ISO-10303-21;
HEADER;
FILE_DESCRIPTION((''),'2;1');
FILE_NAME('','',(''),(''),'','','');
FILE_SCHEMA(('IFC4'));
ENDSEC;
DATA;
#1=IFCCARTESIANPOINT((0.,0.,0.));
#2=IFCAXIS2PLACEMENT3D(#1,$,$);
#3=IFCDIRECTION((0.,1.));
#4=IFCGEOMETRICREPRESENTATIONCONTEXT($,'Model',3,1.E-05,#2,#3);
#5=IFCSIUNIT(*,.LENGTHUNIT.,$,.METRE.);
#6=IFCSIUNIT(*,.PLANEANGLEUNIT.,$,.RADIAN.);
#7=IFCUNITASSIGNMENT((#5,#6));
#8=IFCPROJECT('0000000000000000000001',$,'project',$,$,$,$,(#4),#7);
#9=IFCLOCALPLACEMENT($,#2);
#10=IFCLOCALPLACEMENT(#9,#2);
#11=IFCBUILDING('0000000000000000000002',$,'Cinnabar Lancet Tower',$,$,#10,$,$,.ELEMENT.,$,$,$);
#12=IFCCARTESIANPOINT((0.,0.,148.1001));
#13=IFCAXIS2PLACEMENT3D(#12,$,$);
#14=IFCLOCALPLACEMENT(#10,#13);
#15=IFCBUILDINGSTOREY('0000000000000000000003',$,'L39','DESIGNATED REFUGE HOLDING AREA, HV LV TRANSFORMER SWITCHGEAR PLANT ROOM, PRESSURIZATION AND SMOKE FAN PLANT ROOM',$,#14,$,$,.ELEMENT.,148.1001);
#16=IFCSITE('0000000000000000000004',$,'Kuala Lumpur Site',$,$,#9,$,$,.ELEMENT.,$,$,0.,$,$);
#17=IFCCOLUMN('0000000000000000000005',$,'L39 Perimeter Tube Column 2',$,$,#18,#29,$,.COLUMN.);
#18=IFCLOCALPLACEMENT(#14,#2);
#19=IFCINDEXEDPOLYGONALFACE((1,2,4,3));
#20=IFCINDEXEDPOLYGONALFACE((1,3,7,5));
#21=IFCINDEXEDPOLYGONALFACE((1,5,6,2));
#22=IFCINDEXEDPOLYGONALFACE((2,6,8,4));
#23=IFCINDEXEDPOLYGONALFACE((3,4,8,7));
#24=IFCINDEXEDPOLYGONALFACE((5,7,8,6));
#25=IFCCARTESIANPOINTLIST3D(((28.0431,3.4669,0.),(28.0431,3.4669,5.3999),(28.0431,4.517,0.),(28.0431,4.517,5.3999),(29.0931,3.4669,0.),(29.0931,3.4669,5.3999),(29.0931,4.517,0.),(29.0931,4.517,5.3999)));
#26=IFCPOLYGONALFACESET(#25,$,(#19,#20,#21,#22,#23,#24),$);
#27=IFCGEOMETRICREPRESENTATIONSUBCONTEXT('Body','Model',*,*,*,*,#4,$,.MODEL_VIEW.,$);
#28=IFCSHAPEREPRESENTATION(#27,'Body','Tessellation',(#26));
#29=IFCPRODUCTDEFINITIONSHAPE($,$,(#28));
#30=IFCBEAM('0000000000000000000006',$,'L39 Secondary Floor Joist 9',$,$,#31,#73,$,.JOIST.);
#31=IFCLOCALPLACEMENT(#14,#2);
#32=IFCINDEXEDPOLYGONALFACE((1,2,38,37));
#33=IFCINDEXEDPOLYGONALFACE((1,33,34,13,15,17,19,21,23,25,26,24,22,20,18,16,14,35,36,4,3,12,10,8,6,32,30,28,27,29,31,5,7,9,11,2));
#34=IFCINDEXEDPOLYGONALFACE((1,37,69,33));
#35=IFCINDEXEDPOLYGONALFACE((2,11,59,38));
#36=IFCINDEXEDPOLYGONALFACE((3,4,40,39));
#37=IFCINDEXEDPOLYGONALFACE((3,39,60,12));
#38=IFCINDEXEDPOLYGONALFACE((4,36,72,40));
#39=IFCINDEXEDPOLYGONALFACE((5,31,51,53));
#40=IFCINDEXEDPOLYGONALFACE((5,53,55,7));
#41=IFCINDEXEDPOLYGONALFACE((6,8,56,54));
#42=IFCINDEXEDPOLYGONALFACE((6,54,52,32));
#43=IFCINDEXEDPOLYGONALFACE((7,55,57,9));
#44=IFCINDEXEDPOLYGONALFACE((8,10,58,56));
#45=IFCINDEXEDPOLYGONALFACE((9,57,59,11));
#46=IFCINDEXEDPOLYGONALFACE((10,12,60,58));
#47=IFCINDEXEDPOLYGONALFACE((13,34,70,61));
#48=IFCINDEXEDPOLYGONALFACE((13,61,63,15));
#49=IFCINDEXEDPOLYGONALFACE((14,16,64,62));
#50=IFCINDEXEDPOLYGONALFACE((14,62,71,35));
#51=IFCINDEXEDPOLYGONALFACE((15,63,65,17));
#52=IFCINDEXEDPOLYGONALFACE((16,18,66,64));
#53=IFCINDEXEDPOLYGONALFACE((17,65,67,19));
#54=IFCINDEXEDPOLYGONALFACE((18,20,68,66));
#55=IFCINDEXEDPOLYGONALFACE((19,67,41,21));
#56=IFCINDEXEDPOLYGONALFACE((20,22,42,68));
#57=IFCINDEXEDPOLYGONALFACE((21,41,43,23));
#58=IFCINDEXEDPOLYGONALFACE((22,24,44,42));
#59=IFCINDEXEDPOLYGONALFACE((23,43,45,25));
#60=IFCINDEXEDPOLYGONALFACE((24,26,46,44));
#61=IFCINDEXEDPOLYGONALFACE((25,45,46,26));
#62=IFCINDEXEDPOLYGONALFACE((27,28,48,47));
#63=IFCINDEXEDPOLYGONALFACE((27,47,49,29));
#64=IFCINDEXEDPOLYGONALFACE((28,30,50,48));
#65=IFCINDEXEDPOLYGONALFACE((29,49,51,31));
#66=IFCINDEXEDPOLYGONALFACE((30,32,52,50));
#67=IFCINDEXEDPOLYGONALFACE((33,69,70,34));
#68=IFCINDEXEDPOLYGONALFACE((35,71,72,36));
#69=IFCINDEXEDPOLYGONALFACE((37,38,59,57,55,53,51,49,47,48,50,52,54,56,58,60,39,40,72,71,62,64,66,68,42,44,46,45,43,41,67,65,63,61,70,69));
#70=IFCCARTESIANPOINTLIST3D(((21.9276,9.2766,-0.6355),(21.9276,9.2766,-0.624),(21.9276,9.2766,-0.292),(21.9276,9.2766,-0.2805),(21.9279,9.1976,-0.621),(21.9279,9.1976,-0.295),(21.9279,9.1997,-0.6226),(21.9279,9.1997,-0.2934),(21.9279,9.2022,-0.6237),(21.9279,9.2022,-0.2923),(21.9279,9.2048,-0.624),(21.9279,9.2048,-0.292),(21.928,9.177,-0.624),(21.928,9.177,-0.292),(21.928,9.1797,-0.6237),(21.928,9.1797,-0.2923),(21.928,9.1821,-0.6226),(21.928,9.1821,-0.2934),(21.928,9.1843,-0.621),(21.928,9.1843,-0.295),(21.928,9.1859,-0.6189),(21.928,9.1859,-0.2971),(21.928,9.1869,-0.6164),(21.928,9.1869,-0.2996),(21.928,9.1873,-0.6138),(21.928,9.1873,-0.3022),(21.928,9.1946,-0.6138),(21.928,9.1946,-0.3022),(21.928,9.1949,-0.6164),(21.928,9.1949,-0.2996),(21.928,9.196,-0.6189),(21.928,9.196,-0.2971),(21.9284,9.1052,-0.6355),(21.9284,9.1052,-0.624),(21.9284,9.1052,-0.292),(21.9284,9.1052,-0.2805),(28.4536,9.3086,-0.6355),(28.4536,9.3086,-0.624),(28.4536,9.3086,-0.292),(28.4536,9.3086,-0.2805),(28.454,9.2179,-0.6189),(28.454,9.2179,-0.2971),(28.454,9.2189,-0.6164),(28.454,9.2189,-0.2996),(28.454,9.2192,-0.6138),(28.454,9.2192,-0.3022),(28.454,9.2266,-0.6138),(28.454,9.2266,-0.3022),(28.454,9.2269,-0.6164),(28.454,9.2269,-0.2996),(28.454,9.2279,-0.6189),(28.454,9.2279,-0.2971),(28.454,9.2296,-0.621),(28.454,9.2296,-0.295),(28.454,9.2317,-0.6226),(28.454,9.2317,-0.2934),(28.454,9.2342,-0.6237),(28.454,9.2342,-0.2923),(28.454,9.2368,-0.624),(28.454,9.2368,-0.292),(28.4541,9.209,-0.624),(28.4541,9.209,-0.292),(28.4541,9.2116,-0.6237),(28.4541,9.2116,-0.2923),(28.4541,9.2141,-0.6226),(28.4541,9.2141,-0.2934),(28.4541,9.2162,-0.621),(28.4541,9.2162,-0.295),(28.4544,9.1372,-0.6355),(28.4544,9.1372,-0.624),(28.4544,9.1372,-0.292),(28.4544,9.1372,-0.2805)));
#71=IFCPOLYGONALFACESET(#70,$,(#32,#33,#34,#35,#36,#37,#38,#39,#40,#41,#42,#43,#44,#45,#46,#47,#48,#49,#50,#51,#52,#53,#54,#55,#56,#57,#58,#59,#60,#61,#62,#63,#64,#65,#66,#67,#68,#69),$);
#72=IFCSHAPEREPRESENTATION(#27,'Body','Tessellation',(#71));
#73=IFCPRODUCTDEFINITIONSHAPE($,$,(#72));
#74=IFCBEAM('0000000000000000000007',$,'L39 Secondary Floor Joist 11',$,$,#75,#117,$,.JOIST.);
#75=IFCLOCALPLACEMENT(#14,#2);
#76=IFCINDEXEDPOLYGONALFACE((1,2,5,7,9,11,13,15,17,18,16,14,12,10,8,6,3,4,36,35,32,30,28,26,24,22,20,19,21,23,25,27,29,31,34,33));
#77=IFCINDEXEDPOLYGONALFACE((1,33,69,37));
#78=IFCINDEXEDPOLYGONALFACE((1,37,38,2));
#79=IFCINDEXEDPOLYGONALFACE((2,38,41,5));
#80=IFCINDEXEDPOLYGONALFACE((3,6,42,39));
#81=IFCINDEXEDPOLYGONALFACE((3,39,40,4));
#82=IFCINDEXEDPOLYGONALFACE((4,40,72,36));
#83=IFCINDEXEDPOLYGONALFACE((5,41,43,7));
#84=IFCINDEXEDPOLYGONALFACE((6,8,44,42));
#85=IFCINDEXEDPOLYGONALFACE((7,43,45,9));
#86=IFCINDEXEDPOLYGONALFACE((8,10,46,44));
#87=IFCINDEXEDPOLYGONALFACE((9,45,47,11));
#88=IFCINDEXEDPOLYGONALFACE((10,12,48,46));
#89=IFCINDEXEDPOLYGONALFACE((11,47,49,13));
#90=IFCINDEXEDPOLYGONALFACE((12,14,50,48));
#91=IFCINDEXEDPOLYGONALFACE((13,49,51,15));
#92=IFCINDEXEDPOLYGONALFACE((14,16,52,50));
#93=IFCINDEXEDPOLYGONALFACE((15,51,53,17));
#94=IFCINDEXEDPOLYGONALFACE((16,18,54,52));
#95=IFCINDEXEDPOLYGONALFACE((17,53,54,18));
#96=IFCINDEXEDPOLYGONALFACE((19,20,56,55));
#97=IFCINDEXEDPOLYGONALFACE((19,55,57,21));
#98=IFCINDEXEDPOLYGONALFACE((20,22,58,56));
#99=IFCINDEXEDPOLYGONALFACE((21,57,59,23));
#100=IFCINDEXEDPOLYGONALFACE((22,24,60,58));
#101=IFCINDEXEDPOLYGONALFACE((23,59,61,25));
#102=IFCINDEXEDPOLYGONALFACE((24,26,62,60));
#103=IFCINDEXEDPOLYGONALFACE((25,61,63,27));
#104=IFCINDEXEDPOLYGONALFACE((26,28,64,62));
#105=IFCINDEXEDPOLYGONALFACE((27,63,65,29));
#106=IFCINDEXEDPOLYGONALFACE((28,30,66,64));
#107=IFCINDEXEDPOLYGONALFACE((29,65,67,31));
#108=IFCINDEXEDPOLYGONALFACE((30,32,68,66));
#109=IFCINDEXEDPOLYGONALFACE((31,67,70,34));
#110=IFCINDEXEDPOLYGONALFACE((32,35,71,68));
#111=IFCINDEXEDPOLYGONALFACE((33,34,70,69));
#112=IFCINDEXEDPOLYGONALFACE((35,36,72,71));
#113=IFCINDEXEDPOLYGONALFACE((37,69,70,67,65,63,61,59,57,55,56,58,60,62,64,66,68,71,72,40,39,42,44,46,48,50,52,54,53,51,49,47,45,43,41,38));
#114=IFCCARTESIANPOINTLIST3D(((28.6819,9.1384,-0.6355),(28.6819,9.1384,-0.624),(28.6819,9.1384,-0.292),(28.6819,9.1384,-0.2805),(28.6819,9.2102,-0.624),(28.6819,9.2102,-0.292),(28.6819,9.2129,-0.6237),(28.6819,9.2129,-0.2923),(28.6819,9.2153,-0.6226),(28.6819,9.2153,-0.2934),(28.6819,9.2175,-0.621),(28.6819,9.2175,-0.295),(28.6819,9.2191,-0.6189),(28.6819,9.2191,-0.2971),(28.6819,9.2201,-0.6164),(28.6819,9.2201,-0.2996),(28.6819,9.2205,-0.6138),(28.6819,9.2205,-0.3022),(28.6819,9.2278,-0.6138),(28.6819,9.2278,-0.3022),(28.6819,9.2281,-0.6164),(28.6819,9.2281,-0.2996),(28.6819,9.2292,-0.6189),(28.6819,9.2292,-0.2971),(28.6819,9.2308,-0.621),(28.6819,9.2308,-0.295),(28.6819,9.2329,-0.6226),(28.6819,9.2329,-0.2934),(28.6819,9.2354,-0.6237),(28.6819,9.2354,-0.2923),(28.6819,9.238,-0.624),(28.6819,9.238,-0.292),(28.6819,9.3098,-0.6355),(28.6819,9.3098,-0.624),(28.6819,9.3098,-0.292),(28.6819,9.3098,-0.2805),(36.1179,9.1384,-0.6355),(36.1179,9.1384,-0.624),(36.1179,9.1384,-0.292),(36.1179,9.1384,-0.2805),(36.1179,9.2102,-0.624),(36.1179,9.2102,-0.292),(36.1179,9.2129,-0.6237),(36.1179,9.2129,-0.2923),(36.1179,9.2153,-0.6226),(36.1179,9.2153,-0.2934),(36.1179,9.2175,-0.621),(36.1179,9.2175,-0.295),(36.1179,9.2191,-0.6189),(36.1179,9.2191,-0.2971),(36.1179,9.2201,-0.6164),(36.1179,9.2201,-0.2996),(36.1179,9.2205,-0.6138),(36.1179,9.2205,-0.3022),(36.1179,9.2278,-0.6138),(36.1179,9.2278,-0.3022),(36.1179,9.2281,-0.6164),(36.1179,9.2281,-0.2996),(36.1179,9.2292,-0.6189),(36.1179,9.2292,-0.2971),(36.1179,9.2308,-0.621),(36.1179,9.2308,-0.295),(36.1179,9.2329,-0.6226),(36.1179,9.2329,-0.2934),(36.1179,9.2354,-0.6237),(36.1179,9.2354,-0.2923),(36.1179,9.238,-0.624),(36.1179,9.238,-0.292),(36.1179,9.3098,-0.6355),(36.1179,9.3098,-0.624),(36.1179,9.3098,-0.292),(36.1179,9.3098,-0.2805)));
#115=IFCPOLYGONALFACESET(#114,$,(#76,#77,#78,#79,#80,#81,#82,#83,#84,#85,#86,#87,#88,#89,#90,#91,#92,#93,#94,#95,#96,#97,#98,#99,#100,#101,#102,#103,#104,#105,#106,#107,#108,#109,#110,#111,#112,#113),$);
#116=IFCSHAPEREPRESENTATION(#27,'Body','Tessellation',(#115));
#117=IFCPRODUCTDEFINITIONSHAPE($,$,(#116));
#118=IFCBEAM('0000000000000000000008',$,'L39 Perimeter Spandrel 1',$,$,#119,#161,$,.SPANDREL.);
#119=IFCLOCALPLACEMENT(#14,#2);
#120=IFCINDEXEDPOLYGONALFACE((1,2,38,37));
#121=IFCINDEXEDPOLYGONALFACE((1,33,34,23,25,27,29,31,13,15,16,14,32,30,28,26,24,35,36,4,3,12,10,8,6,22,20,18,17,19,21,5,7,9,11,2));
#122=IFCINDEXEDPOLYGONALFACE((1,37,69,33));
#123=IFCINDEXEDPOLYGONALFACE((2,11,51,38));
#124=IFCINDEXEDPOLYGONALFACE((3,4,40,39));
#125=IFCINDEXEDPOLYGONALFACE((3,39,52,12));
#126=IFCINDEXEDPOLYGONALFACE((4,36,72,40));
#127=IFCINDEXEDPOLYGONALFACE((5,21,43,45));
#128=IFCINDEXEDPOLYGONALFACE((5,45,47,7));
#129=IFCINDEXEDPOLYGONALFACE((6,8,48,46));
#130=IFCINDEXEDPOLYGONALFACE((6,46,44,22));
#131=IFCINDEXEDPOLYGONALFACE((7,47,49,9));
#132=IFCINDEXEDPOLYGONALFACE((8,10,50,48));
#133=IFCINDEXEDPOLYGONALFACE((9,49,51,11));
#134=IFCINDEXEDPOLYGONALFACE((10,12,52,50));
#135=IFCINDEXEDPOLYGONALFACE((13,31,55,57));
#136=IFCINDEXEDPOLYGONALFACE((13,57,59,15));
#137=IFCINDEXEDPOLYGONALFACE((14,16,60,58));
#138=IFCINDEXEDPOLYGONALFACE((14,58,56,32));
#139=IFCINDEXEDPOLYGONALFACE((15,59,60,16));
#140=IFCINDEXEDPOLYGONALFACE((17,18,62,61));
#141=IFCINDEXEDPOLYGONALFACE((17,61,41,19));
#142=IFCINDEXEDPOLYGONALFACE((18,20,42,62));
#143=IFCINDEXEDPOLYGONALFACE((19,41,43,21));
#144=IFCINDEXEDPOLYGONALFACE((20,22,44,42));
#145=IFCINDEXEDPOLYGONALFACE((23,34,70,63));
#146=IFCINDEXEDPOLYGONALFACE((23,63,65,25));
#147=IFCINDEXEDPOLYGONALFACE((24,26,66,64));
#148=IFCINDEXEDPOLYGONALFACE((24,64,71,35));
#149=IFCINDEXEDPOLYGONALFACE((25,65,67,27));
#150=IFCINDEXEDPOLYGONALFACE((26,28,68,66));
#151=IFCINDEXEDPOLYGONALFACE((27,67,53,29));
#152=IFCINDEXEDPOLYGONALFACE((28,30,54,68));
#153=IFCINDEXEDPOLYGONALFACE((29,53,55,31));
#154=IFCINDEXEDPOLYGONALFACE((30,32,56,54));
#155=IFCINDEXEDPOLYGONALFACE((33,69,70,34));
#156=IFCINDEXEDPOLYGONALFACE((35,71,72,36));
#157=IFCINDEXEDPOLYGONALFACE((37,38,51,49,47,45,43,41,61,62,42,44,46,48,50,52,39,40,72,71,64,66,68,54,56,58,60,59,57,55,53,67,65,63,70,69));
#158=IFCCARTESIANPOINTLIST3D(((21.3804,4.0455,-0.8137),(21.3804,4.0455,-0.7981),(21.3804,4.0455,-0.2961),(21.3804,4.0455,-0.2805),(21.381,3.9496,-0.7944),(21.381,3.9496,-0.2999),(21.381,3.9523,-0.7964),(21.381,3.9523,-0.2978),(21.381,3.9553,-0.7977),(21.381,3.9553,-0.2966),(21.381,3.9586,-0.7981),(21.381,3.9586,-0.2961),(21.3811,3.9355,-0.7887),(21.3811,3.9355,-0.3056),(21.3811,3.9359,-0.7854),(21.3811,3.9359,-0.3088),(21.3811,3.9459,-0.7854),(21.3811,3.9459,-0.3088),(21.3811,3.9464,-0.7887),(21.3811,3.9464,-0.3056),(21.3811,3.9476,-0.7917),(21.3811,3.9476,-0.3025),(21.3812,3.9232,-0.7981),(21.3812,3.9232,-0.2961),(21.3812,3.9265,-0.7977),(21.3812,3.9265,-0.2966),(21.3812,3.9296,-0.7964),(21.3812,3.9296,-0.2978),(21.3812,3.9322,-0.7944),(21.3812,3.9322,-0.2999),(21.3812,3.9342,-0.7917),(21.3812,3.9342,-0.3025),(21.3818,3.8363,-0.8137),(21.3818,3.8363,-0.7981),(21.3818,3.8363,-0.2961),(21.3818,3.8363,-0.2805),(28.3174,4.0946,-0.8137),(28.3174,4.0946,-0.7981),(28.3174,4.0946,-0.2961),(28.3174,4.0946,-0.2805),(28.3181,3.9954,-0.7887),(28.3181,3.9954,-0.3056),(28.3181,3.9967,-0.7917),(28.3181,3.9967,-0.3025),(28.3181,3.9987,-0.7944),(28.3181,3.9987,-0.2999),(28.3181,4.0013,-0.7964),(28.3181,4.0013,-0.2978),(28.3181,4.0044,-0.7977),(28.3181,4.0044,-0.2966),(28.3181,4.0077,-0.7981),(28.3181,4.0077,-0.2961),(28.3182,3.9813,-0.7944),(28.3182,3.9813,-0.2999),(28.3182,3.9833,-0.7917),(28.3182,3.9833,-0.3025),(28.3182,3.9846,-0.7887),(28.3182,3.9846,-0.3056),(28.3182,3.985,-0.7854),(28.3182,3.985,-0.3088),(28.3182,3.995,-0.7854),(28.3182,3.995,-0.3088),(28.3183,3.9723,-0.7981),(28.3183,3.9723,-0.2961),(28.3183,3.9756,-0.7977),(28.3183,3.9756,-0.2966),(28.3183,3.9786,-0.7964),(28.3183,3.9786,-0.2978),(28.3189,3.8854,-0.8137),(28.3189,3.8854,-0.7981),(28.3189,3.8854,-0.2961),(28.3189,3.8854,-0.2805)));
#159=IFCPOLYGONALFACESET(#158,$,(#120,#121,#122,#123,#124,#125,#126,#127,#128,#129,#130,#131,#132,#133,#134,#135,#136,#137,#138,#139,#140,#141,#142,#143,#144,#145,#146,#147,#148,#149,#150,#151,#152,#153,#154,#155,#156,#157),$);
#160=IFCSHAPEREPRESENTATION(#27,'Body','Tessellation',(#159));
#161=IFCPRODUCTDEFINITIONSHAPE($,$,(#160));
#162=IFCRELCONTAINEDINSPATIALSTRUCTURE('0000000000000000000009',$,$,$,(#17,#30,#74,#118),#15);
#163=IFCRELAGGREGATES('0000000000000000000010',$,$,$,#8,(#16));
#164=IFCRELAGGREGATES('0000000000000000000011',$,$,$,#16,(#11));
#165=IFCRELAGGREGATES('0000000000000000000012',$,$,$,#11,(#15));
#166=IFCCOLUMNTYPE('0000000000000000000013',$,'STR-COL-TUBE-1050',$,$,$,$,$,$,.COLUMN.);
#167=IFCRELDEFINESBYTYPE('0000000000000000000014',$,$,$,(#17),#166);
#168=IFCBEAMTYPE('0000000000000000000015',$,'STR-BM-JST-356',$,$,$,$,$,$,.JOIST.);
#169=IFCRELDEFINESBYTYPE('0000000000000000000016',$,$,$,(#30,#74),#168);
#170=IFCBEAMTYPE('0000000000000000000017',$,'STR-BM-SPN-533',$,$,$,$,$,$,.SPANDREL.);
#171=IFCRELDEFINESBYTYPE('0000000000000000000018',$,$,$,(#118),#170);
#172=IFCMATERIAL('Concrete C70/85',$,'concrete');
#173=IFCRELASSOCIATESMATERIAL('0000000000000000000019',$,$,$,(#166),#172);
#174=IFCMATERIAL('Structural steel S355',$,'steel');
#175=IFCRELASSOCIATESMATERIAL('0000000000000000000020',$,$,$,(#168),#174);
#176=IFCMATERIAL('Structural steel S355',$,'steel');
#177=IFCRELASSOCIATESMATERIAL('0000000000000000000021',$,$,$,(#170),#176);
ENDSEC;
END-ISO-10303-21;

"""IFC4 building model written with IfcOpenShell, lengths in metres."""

from ifc_helpers import new_model, si_unit, direction, frame, origin, origin_2d, place, context, subcontext, project, spatial, rectangle, i_section, extrude, material, material_profile, profile_set, type_object, element, save


model = new_model("IFC4")

# Units and contexts
model_context = context("Model", 3, precision=1e-05, world=origin(), true_north=direction((0.0, 1.0)))
body_context = subcontext(model_context, "Body", "Model", "MODEL_VIEW")
ifc_project = project(units=[si_unit("LENGTHUNIT", "METRE"), si_unit("PLANEANGLEUNIT", "RADIAN")], contexts=[model_context])

# Site, building, storey
site_placement = place(None, origin())
site = spatial("IfcSite", under=ifc_project, at=site_placement, Name="Kuala Lumpur Site", CompositionType="ELEMENT", RefElevation=0.0)
building_placement = place(site_placement, origin())
building = spatial("IfcBuilding", under=site, at=building_placement, Name="Cinnabar Lancet Tower", CompositionType="ELEMENT")
storey_placement = place(building_placement, frame((0.0, 0.0, 148.1001)))
storey = spatial("IfcBuildingStorey", under=building, at=storey_placement, Name="L39", Description="DESIGNATED REFUGE HOLDING AREA, HV LV TRANSFORMER SWITCHGEAR PLANT ROOM, PRESSURIZATION AND SMOKE FAN PLANT ROOM", CompositionType="ELEMENT", Elevation=148.1001)

# Column
ifc_material_1 = material(Name="Concrete C70/85", Category="concrete")
ifc_material_profile_1 = material_profile(ifc_material_1, rectangle(XDim=1.05, YDim=1.05, at=origin_2d()), Name="RC-COL 1050x1050")
ifc_profile_set_1 = profile_set([ifc_material_profile_1], Name="Concrete C70/85")
column_type = type_object("IfcColumnType", Name="STR-COL-TUBE-1050", PredefinedType="COLUMN", material=ifc_profile_set_1)
column_placement = place(storey_placement, frame((28.5681, 3.9919, 0.0), z_axis=(0.0, 0.0, 1.0), x_axis=(1.0, 0.0, 0.0)))
element("IfcColumn", 1, at=column_placement, inside=storey, type_object=column_type, Name="L39 Perimeter Tube Column 2", PredefinedType="COLUMN", context=body_context, shape_type="SweptSolid", body=[
    extrude(rectangle(XDim=1.05, YDim=1.05, at=origin_2d()), origin(), (0.0, 0.0, 1.0), 5.3999),
])

# Beams
ifc_material_2 = material(Name="Structural steel S355", Category="steel")
ifc_material_profile_2 = material_profile(ifc_material_2, i_section(OverallWidth=0.1714, OverallDepth=0.355, WebThickness=0.0073, FlangeThickness=0.0115, FilletRadius=0.0103, at=origin_2d()), Name="UKB 356x171x51")
ifc_profile_set_2 = profile_set([ifc_material_profile_2], Name="Structural steel S355")
beam_type_1 = type_object("IfcBeamType", Name="STR-BM-JST-356", PredefinedType="JOIST", material=ifc_profile_set_2)
beam_1_placement = place(storey_placement, frame((21.928, 9.1909, -0.458), z_axis=(0.999988, 0.004901, 0.0), x_axis=(-0.004901, 0.999988, 0.0)))
element("IfcBeam", 2, at=beam_1_placement, inside=storey, type_object=beam_type_1, Name="L39 Secondary Floor Joist 9", PredefinedType="JOIST", context=body_context, shape_type="SweptSolid", body=[
    extrude(i_section(OverallWidth=0.1714, OverallDepth=0.355, WebThickness=0.0073, FlangeThickness=0.0115, FilletRadius=0.0103, at=origin_2d()), origin(), (0.0, 0.0, 1.0), 6.5261),
])
beam_2_placement = place(storey_placement, frame((28.6819, 9.2241, -0.458), z_axis=(1.0, 0.0, 0.0), x_axis=(0.0, 1.0, 0.0)))
element("IfcBeam", 3, at=beam_2_placement, inside=storey, type_object=beam_type_1, Name="L39 Secondary Floor Joist 11", PredefinedType="JOIST", context=body_context, shape_type="SweptSolid", body=[
    extrude(i_section(OverallWidth=0.1714, OverallDepth=0.355, WebThickness=0.0073, FlangeThickness=0.0115, FilletRadius=0.0103, at=origin_2d()), origin(), (0.0, 0.0, 1.0), 7.436),
])
ifc_material_3 = material(Name="Structural steel S355", Category="steel")
ifc_material_profile_3 = material_profile(ifc_material_3, i_section(OverallWidth=0.2092, OverallDepth=0.5332, WebThickness=0.01, FlangeThickness=0.0156, FilletRadius=0.0127, at=origin_2d()), Name="UKB 533x210x92")
ifc_profile_set_3 = profile_set([ifc_material_profile_3], Name="Structural steel S355")
beam_type_2 = type_object("IfcBeamType", Name="STR-BM-SPN-533", PredefinedType="SPANDREL", material=ifc_profile_set_3)
beam_3_placement = place(storey_placement, frame((21.3811, 3.9409, -0.5471), z_axis=(0.999975, 0.007074, 0.0), x_axis=(-0.007074, 0.999975, 0.0)))
element("IfcBeam", 4, at=beam_3_placement, inside=storey, type_object=beam_type_2, Name="L39 Perimeter Spandrel 1", PredefinedType="SPANDREL", context=body_context, shape_type="SweptSolid", body=[
    extrude(i_section(OverallWidth=0.2092, OverallDepth=0.5332, WebThickness=0.01, FlangeThickness=0.0156, FilletRadius=0.0127, at=origin_2d()), origin(), (0.0, 0.0, 1.0), 6.9373),
])

save(model, "model.ifc")
